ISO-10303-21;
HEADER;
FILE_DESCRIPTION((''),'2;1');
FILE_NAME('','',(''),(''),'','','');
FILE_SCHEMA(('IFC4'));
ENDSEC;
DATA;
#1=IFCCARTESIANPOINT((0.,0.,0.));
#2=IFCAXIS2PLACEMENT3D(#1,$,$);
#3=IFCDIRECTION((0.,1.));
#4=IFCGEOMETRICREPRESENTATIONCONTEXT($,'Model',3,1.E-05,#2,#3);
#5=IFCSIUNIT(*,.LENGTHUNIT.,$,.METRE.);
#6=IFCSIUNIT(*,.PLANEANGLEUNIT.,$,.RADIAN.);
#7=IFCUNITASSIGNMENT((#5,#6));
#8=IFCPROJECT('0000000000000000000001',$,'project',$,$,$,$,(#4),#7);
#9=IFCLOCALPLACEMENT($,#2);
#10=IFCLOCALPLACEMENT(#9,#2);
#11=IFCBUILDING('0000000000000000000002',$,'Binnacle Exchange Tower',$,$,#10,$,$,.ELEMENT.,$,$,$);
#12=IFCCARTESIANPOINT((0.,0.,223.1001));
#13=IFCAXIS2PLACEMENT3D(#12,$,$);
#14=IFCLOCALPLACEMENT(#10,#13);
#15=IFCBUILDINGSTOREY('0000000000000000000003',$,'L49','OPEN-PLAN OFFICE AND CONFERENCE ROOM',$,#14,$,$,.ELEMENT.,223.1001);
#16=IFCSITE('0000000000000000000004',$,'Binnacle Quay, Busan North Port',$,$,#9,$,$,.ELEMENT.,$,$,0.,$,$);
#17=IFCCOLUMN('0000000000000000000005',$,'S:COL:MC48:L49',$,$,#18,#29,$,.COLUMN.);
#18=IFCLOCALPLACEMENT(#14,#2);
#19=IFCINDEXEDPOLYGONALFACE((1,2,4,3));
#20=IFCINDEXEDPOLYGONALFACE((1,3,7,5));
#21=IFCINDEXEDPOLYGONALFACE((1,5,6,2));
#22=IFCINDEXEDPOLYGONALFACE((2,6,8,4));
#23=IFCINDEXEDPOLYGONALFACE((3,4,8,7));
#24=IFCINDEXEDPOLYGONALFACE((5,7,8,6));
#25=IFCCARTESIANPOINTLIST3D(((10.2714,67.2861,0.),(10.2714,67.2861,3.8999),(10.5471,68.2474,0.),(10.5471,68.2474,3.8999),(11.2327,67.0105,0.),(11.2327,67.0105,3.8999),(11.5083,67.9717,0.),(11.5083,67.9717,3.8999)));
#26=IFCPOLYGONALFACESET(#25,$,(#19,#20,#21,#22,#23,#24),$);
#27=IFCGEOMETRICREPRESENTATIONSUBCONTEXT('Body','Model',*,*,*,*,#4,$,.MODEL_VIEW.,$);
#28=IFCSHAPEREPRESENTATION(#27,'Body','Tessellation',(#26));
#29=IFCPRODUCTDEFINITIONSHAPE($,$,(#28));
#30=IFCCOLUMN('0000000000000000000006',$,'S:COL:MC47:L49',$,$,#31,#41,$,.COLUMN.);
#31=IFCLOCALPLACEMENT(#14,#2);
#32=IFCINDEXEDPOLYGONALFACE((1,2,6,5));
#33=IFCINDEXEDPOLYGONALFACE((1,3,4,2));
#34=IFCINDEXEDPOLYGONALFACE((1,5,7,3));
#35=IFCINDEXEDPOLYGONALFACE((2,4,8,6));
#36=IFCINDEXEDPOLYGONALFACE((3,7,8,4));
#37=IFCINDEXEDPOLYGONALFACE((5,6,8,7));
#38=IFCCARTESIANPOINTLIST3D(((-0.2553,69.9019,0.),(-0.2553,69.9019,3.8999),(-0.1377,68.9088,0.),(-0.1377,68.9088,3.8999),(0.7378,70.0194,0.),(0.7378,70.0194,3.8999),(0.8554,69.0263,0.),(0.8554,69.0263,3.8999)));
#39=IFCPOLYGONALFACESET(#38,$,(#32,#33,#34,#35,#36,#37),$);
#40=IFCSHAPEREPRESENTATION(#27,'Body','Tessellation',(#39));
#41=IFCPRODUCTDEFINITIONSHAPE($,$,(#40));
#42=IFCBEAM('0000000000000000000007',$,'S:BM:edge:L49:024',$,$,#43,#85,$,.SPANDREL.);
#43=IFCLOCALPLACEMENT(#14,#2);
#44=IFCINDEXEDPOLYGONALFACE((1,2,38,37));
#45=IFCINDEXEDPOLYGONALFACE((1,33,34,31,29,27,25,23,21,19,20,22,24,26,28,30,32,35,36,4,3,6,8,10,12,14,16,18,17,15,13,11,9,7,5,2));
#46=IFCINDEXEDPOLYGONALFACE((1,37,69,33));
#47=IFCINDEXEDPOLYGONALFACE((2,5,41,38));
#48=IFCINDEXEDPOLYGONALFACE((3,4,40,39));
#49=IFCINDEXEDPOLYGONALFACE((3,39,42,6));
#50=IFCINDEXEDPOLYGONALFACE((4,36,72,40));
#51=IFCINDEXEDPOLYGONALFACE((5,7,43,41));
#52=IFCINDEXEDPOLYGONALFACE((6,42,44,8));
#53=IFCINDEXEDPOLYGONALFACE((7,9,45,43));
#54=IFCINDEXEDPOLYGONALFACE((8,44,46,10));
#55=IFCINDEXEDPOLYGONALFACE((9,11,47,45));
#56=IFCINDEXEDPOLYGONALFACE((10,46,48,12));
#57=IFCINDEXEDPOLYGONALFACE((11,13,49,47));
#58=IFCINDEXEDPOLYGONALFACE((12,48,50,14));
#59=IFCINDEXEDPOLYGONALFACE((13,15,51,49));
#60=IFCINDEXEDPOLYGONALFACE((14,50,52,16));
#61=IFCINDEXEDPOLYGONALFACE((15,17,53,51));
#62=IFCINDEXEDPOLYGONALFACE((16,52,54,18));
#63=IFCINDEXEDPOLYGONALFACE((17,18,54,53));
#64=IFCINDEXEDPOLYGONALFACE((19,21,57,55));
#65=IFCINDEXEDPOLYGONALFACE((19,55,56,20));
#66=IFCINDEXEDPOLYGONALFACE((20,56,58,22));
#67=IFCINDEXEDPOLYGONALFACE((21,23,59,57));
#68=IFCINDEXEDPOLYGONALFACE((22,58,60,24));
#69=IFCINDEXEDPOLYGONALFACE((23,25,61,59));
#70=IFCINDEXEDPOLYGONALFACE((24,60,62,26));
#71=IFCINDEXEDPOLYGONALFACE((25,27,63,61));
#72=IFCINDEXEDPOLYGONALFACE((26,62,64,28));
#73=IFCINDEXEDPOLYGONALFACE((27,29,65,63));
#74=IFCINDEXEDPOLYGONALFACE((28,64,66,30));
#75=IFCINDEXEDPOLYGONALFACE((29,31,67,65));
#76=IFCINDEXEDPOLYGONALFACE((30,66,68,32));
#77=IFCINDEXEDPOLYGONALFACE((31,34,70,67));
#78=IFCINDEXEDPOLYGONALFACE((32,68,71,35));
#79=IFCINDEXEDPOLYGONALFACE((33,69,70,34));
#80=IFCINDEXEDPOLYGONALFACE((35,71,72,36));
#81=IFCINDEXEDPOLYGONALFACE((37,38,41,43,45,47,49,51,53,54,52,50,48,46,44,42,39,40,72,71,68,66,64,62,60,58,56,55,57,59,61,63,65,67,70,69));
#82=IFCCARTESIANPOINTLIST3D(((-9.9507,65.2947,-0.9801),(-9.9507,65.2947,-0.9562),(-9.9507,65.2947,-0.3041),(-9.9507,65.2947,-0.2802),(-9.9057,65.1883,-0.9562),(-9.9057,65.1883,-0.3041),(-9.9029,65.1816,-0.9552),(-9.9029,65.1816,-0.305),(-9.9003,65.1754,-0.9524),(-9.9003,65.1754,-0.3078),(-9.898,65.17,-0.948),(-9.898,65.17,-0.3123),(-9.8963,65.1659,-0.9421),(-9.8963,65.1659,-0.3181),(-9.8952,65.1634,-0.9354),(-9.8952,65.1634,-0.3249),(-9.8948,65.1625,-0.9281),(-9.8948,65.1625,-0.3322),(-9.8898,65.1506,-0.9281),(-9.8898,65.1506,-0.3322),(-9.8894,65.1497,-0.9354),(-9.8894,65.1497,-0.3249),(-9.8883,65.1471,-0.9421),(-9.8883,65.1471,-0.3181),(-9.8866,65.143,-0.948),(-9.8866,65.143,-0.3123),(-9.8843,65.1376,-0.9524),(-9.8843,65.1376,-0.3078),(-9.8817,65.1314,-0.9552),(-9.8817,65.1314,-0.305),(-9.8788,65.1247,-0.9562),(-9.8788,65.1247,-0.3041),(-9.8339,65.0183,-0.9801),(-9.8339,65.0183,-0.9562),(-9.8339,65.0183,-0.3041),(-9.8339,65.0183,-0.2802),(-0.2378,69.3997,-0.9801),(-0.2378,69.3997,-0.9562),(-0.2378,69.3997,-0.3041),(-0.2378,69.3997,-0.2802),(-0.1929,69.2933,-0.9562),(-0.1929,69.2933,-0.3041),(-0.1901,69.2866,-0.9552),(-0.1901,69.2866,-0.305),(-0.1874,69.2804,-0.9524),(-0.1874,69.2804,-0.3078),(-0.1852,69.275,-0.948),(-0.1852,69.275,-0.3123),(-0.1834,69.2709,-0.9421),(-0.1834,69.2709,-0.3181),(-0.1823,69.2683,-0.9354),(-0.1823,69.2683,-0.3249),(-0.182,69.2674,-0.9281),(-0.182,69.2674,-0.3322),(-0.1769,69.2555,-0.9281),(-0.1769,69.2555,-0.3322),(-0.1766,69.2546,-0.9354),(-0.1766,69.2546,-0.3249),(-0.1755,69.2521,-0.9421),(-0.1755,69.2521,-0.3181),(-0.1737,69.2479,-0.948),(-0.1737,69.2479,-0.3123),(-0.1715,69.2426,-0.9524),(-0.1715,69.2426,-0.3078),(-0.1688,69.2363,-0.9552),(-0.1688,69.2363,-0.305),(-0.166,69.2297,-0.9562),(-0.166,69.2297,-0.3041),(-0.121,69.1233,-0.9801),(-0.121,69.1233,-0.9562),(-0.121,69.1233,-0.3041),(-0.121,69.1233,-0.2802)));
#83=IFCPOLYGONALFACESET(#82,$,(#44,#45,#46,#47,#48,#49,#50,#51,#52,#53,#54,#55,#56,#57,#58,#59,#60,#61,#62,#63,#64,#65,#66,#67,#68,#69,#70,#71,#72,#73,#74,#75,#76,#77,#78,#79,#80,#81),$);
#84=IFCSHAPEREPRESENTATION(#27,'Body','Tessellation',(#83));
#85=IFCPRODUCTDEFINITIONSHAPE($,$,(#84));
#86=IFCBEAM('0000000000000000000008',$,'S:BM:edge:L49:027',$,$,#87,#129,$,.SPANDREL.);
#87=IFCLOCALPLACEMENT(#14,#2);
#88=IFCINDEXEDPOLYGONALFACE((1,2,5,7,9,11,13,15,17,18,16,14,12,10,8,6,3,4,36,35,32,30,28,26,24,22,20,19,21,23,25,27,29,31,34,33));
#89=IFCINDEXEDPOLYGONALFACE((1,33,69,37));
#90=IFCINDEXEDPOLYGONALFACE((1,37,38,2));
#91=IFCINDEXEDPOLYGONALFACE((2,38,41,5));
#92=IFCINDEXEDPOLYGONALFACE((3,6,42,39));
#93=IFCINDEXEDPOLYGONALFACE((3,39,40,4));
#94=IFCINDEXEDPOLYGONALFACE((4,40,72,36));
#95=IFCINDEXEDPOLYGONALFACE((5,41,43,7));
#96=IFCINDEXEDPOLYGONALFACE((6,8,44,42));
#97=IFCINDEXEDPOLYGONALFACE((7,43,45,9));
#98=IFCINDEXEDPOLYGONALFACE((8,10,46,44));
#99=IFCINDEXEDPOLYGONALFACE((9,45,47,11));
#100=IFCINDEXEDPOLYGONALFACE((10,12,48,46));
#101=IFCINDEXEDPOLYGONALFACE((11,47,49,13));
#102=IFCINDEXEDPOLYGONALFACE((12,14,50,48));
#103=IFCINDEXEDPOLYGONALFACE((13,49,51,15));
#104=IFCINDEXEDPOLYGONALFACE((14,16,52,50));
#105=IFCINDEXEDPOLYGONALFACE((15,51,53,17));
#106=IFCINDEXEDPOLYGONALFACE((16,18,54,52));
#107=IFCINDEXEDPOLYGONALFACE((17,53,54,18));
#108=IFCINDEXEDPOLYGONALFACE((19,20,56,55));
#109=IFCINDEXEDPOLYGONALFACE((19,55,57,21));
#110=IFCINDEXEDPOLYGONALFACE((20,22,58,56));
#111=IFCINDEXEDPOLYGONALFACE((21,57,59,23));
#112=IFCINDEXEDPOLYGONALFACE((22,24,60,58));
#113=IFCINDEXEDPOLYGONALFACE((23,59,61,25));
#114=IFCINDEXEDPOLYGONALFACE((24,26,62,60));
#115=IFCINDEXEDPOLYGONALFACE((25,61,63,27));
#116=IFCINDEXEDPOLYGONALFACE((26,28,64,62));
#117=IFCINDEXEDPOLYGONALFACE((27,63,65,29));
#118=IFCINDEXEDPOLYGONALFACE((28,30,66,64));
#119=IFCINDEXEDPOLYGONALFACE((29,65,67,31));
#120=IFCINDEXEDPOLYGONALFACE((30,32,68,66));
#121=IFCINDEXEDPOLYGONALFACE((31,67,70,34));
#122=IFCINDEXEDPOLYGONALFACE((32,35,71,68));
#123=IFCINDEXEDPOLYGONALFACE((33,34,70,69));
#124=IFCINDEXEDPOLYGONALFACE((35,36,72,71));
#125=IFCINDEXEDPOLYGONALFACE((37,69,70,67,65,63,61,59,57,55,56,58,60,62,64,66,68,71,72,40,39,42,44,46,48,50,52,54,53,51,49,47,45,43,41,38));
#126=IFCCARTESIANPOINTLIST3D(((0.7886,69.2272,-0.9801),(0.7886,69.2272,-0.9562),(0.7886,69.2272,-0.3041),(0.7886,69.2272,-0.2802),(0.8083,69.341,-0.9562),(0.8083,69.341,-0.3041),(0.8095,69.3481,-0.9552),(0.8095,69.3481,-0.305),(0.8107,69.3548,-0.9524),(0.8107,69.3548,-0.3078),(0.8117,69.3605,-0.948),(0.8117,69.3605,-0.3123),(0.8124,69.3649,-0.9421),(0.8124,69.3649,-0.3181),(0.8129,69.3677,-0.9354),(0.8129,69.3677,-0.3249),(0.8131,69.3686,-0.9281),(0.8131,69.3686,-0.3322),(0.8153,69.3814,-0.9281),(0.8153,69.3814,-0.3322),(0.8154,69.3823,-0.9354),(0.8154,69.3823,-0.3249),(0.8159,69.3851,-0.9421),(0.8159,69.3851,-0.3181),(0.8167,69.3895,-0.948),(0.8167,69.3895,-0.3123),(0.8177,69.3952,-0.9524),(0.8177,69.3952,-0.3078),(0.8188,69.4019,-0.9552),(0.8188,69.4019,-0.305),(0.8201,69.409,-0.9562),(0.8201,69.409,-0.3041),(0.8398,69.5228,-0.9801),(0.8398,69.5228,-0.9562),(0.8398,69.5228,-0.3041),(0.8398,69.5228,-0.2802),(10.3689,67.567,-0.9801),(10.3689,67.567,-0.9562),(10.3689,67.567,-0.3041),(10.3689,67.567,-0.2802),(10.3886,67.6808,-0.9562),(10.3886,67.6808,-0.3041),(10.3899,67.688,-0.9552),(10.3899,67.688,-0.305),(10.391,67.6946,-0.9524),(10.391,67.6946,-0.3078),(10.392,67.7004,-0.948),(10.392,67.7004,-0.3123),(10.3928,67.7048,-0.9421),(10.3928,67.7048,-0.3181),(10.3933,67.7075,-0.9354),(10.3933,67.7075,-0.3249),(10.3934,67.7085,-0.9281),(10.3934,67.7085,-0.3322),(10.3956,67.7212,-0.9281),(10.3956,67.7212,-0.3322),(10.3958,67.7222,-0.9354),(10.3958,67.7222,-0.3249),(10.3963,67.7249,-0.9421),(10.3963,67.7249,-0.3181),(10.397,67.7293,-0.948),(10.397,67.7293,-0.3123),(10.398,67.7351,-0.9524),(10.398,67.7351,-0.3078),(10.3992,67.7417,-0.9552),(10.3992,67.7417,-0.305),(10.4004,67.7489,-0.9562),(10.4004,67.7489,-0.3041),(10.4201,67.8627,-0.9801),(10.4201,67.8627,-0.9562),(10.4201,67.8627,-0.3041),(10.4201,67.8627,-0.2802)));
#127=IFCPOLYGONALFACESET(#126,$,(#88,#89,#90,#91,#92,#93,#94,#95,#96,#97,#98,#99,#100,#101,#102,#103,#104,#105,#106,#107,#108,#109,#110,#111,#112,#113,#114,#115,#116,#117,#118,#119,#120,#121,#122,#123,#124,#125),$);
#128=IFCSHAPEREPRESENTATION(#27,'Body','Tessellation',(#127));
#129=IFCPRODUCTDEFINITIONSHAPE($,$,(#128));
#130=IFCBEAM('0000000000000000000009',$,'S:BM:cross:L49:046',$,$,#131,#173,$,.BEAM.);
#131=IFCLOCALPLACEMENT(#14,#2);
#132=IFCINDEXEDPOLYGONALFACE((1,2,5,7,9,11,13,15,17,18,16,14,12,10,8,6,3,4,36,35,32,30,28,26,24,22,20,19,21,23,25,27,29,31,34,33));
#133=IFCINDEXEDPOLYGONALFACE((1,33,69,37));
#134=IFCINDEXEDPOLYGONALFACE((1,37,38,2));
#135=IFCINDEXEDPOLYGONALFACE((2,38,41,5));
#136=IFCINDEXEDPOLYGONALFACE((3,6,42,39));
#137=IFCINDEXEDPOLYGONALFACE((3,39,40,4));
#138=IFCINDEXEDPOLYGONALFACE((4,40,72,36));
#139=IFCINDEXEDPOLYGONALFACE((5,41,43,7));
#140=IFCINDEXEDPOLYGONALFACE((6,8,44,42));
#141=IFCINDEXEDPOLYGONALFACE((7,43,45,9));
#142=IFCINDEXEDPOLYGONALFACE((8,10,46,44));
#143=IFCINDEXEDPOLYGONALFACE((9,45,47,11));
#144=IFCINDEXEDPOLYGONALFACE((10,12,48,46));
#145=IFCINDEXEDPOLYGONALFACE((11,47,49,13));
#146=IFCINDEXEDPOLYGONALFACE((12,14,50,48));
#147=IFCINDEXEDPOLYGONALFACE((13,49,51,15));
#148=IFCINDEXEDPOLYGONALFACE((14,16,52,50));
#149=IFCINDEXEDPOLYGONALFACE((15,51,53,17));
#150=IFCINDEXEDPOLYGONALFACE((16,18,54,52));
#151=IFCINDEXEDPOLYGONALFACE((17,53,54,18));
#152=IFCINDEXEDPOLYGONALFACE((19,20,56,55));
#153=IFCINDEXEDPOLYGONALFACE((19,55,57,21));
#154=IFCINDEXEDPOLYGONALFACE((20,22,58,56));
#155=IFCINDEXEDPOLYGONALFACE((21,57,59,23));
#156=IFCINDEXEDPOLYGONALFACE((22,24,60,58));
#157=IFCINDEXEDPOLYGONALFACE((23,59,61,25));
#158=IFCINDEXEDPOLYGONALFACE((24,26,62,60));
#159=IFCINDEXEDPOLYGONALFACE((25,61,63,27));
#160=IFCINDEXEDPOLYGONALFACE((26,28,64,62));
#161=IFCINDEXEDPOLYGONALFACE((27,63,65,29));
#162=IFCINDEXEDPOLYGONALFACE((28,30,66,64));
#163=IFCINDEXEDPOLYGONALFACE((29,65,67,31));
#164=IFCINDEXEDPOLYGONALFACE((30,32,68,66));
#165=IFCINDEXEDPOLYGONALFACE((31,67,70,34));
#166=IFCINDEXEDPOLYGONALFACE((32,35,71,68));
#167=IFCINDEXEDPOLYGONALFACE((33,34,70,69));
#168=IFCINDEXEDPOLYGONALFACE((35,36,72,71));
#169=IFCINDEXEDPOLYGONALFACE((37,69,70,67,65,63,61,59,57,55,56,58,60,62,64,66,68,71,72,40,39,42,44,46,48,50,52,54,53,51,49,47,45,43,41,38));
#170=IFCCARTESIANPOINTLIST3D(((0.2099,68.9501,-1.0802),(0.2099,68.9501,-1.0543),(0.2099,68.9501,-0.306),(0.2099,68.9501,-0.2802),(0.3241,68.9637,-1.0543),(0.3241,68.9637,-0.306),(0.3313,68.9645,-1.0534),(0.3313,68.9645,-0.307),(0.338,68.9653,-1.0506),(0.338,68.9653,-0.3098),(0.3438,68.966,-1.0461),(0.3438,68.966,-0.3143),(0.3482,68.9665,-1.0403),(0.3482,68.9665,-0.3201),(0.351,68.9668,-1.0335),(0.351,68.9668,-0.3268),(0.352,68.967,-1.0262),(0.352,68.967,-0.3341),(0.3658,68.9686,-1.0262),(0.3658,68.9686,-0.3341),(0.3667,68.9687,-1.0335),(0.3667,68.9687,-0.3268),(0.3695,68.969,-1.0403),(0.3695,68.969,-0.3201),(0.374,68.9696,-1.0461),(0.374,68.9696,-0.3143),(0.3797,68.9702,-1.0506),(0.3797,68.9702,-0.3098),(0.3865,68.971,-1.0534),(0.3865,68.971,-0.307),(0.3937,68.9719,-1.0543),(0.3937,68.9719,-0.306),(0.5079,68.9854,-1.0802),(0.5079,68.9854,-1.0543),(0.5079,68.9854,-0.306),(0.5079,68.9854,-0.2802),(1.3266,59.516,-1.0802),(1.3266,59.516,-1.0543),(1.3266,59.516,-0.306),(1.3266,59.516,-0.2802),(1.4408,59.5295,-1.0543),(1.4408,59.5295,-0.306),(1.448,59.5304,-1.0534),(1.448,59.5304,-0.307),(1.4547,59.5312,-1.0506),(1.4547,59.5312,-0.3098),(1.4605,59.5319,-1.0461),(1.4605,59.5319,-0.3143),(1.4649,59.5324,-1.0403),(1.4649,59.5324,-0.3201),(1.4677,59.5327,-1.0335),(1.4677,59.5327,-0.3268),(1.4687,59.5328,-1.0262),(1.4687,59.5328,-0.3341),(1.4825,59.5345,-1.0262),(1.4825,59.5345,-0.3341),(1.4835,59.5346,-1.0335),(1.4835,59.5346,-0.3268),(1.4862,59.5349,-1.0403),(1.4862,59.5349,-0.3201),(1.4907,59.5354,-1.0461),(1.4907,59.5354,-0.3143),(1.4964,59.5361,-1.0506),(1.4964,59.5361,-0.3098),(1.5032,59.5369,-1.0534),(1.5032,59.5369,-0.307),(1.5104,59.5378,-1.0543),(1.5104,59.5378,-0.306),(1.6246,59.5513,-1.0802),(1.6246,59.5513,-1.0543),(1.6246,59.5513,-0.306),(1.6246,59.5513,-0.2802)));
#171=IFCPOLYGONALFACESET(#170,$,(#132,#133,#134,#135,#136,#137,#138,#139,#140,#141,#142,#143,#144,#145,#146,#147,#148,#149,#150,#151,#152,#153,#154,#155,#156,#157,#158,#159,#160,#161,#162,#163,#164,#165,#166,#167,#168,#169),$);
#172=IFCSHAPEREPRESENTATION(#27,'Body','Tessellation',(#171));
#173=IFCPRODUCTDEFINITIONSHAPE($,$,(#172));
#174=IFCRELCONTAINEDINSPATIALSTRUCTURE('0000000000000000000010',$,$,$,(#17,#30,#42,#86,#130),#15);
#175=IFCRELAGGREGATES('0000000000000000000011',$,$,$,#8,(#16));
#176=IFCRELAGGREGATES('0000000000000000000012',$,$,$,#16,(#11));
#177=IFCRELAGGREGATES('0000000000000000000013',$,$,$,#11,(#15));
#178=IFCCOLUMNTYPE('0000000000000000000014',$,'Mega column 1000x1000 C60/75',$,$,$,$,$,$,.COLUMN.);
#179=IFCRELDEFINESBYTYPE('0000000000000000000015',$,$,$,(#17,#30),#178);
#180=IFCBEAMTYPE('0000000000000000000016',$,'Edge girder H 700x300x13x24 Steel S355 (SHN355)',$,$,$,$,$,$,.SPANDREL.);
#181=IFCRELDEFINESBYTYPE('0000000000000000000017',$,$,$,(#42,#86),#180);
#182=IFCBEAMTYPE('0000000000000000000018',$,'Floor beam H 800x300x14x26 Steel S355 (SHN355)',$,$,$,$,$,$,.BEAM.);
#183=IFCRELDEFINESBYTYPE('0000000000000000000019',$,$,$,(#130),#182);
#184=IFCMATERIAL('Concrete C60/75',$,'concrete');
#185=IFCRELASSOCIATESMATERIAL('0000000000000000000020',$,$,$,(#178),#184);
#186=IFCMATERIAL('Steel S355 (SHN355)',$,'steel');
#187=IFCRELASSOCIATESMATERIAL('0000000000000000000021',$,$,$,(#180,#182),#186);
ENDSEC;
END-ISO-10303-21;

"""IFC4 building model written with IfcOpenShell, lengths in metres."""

from ifc_helpers import new_model, si_unit, direction, frame, origin, origin_2d, place, context, subcontext, project, spatial, rectangle, i_section, extrude, material, material_profile, profile_set, type_object, element, save


model = new_model("IFC4")

# Units and contexts
model_context = context("Model", 3, precision=1e-05, world=origin(), true_north=direction((0.0, 1.0)))
body_context = subcontext(model_context, "Body", "Model", "MODEL_VIEW")
ifc_project = project(units=[si_unit("LENGTHUNIT", "METRE"), si_unit("PLANEANGLEUNIT", "RADIAN")], contexts=[model_context])

# Site, building, storey
site_placement = place(None, origin())
site = spatial("IfcSite", under=ifc_project, at=site_placement, Name="Binnacle Quay, Busan North Port", CompositionType="ELEMENT", RefElevation=0.0)
building_placement = place(site_placement, origin())
building = spatial("IfcBuilding", under=site, at=building_placement, Name="Binnacle Exchange Tower", CompositionType="ELEMENT")
storey_placement = place(building_placement, frame((0.0, 0.0, 223.1001)))
storey = spatial("IfcBuildingStorey", under=building, at=storey_placement, Name="L49", Description="OPEN-PLAN OFFICE AND CONFERENCE ROOM", CompositionType="ELEMENT", Elevation=223.1001)

# Columns
ifc_material_1 = material(Name="Concrete C60/75", Category="concrete")
ifc_material_profile_1 = material_profile(ifc_material_1, rectangle(XDim=1.0, YDim=1.0, at=origin_2d()), Name="Mega column 1000x1000 C60/75")
ifc_profile_set_1 = profile_set([ifc_material_profile_1], Name="Concrete C60/75")
column_type = type_object("IfcColumnType", Name="Mega column 1000x1000 C60/75", PredefinedType="COLUMN", material=ifc_profile_set_1)
for number, where, z_axis, x_axis, name in (
    (1, (10.8899, 67.6289, 0.0), (0.0, 0.0, 1.0), (-0.961262, 0.275637, 0.0), "S:COL:MC48:L49"),
    (2, (0.3, 69.4641, 0.0), (0.0, 0.0, 1.0), (-0.993068, -0.117537, 0.0), "S:COL:MC47:L49"),
):
    element("IfcColumn", number, at=place(storey_placement, frame(where, z_axis=z_axis, x_axis=x_axis)), inside=storey, type_object=column_type, Name=name, PredefinedType="COLUMN", context=body_context, shape_type="SweptSolid", body=[
        extrude(rectangle(XDim=1.0, YDim=1.0, at=origin_2d()), origin(), (0.0, 0.0, 1.0), 3.8999),
    ])

# Beams
ifc_material_2 = material(Name="Steel S355 (SHN355)", Category="steel")
ifc_material_profile_2 = material_profile(ifc_material_2, i_section(OverallWidth=0.3, OverallDepth=0.7, WebThickness=0.0129, FlangeThickness=0.0239, FilletRadius=0.0281, at=origin_2d()), Name="H 700x300x13x24")
ifc_profile_set_2 = profile_set([ifc_material_profile_2], Name="Steel S355 (SHN355)")
beam_type_1 = type_object("IfcBeamType", Name="Edge girder H 700x300x13x24 Steel S355 (SHN355)", PredefinedType="SPANDREL", material=ifc_profile_set_2)
beam_1_placement = place(storey_placement, frame((-0.1794, 69.2615, -0.6301), z_axis=(-0.921114, -0.389293, 0.0), x_axis=(0.389293, -0.921114, 0.0)))
element("IfcBeam", 3, at=beam_1_placement, inside=storey, type_object=beam_type_1, Name="S:BM:edge:L49:024", PredefinedType="SPANDREL", context=body_context, shape_type="SweptSolid", body=[
    extrude(i_section(OverallWidth=0.3, OverallDepth=0.7, WebThickness=0.0129, FlangeThickness=0.0239, FilletRadius=0.0281, at=origin_2d()), origin(), (0.0, 0.0, 1.0), 10.5447),
])
beam_2_placement = place(storey_placement, frame((10.3945, 67.7148, -0.6301), z_axis=(-0.985316, 0.170743, 0.0), x_axis=(-0.170743, -0.985316, 0.0)))
element("IfcBeam", 4, at=beam_2_placement, inside=storey, type_object=beam_type_1, Name="S:BM:edge:L49:027", PredefinedType="SPANDREL", context=body_context, shape_type="SweptSolid", body=[
    extrude(i_section(OverallWidth=0.3, OverallDepth=0.7, WebThickness=0.0129, FlangeThickness=0.0239, FilletRadius=0.0281, at=origin_2d()), origin(), (0.0, 0.0, 1.0), 9.7231),
])
ifc_material_profile_3 = material_profile(ifc_material_2, i_section(OverallWidth=0.3, OverallDepth=0.8, WebThickness=0.0139, FlangeThickness=0.0259, FilletRadius=0.0281, at=origin_2d()), Name="H 800x300x14x26")
ifc_profile_set_3 = profile_set([ifc_material_profile_3], Name="Steel S355 (SHN355)")
beam_type_2 = type_object("IfcBeamType", Name="Floor beam H 800x300x14x26 Steel S355 (SHN355)", PredefinedType="BEAM", material=ifc_profile_set_3)
beam_3_placement = place(storey_placement, frame((0.3589, 68.9678, -0.6802), z_axis=(0.117548, -0.993067, 0.0), x_axis=(0.993067, 0.117548, 0.0)))
element("IfcBeam", 5, at=beam_3_placement, inside=storey, type_object=beam_type_2, Name="S:BM:cross:L49:046", PredefinedType="BEAM", context=body_context, shape_type="SweptSolid", body=[
    extrude(i_section(OverallWidth=0.3, OverallDepth=0.8, WebThickness=0.0139, FlangeThickness=0.0259, FilletRadius=0.0281, at=origin_2d()), origin(), (0.0, 0.0, 1.0), 9.5),
])

save(model, "model.ifc")
